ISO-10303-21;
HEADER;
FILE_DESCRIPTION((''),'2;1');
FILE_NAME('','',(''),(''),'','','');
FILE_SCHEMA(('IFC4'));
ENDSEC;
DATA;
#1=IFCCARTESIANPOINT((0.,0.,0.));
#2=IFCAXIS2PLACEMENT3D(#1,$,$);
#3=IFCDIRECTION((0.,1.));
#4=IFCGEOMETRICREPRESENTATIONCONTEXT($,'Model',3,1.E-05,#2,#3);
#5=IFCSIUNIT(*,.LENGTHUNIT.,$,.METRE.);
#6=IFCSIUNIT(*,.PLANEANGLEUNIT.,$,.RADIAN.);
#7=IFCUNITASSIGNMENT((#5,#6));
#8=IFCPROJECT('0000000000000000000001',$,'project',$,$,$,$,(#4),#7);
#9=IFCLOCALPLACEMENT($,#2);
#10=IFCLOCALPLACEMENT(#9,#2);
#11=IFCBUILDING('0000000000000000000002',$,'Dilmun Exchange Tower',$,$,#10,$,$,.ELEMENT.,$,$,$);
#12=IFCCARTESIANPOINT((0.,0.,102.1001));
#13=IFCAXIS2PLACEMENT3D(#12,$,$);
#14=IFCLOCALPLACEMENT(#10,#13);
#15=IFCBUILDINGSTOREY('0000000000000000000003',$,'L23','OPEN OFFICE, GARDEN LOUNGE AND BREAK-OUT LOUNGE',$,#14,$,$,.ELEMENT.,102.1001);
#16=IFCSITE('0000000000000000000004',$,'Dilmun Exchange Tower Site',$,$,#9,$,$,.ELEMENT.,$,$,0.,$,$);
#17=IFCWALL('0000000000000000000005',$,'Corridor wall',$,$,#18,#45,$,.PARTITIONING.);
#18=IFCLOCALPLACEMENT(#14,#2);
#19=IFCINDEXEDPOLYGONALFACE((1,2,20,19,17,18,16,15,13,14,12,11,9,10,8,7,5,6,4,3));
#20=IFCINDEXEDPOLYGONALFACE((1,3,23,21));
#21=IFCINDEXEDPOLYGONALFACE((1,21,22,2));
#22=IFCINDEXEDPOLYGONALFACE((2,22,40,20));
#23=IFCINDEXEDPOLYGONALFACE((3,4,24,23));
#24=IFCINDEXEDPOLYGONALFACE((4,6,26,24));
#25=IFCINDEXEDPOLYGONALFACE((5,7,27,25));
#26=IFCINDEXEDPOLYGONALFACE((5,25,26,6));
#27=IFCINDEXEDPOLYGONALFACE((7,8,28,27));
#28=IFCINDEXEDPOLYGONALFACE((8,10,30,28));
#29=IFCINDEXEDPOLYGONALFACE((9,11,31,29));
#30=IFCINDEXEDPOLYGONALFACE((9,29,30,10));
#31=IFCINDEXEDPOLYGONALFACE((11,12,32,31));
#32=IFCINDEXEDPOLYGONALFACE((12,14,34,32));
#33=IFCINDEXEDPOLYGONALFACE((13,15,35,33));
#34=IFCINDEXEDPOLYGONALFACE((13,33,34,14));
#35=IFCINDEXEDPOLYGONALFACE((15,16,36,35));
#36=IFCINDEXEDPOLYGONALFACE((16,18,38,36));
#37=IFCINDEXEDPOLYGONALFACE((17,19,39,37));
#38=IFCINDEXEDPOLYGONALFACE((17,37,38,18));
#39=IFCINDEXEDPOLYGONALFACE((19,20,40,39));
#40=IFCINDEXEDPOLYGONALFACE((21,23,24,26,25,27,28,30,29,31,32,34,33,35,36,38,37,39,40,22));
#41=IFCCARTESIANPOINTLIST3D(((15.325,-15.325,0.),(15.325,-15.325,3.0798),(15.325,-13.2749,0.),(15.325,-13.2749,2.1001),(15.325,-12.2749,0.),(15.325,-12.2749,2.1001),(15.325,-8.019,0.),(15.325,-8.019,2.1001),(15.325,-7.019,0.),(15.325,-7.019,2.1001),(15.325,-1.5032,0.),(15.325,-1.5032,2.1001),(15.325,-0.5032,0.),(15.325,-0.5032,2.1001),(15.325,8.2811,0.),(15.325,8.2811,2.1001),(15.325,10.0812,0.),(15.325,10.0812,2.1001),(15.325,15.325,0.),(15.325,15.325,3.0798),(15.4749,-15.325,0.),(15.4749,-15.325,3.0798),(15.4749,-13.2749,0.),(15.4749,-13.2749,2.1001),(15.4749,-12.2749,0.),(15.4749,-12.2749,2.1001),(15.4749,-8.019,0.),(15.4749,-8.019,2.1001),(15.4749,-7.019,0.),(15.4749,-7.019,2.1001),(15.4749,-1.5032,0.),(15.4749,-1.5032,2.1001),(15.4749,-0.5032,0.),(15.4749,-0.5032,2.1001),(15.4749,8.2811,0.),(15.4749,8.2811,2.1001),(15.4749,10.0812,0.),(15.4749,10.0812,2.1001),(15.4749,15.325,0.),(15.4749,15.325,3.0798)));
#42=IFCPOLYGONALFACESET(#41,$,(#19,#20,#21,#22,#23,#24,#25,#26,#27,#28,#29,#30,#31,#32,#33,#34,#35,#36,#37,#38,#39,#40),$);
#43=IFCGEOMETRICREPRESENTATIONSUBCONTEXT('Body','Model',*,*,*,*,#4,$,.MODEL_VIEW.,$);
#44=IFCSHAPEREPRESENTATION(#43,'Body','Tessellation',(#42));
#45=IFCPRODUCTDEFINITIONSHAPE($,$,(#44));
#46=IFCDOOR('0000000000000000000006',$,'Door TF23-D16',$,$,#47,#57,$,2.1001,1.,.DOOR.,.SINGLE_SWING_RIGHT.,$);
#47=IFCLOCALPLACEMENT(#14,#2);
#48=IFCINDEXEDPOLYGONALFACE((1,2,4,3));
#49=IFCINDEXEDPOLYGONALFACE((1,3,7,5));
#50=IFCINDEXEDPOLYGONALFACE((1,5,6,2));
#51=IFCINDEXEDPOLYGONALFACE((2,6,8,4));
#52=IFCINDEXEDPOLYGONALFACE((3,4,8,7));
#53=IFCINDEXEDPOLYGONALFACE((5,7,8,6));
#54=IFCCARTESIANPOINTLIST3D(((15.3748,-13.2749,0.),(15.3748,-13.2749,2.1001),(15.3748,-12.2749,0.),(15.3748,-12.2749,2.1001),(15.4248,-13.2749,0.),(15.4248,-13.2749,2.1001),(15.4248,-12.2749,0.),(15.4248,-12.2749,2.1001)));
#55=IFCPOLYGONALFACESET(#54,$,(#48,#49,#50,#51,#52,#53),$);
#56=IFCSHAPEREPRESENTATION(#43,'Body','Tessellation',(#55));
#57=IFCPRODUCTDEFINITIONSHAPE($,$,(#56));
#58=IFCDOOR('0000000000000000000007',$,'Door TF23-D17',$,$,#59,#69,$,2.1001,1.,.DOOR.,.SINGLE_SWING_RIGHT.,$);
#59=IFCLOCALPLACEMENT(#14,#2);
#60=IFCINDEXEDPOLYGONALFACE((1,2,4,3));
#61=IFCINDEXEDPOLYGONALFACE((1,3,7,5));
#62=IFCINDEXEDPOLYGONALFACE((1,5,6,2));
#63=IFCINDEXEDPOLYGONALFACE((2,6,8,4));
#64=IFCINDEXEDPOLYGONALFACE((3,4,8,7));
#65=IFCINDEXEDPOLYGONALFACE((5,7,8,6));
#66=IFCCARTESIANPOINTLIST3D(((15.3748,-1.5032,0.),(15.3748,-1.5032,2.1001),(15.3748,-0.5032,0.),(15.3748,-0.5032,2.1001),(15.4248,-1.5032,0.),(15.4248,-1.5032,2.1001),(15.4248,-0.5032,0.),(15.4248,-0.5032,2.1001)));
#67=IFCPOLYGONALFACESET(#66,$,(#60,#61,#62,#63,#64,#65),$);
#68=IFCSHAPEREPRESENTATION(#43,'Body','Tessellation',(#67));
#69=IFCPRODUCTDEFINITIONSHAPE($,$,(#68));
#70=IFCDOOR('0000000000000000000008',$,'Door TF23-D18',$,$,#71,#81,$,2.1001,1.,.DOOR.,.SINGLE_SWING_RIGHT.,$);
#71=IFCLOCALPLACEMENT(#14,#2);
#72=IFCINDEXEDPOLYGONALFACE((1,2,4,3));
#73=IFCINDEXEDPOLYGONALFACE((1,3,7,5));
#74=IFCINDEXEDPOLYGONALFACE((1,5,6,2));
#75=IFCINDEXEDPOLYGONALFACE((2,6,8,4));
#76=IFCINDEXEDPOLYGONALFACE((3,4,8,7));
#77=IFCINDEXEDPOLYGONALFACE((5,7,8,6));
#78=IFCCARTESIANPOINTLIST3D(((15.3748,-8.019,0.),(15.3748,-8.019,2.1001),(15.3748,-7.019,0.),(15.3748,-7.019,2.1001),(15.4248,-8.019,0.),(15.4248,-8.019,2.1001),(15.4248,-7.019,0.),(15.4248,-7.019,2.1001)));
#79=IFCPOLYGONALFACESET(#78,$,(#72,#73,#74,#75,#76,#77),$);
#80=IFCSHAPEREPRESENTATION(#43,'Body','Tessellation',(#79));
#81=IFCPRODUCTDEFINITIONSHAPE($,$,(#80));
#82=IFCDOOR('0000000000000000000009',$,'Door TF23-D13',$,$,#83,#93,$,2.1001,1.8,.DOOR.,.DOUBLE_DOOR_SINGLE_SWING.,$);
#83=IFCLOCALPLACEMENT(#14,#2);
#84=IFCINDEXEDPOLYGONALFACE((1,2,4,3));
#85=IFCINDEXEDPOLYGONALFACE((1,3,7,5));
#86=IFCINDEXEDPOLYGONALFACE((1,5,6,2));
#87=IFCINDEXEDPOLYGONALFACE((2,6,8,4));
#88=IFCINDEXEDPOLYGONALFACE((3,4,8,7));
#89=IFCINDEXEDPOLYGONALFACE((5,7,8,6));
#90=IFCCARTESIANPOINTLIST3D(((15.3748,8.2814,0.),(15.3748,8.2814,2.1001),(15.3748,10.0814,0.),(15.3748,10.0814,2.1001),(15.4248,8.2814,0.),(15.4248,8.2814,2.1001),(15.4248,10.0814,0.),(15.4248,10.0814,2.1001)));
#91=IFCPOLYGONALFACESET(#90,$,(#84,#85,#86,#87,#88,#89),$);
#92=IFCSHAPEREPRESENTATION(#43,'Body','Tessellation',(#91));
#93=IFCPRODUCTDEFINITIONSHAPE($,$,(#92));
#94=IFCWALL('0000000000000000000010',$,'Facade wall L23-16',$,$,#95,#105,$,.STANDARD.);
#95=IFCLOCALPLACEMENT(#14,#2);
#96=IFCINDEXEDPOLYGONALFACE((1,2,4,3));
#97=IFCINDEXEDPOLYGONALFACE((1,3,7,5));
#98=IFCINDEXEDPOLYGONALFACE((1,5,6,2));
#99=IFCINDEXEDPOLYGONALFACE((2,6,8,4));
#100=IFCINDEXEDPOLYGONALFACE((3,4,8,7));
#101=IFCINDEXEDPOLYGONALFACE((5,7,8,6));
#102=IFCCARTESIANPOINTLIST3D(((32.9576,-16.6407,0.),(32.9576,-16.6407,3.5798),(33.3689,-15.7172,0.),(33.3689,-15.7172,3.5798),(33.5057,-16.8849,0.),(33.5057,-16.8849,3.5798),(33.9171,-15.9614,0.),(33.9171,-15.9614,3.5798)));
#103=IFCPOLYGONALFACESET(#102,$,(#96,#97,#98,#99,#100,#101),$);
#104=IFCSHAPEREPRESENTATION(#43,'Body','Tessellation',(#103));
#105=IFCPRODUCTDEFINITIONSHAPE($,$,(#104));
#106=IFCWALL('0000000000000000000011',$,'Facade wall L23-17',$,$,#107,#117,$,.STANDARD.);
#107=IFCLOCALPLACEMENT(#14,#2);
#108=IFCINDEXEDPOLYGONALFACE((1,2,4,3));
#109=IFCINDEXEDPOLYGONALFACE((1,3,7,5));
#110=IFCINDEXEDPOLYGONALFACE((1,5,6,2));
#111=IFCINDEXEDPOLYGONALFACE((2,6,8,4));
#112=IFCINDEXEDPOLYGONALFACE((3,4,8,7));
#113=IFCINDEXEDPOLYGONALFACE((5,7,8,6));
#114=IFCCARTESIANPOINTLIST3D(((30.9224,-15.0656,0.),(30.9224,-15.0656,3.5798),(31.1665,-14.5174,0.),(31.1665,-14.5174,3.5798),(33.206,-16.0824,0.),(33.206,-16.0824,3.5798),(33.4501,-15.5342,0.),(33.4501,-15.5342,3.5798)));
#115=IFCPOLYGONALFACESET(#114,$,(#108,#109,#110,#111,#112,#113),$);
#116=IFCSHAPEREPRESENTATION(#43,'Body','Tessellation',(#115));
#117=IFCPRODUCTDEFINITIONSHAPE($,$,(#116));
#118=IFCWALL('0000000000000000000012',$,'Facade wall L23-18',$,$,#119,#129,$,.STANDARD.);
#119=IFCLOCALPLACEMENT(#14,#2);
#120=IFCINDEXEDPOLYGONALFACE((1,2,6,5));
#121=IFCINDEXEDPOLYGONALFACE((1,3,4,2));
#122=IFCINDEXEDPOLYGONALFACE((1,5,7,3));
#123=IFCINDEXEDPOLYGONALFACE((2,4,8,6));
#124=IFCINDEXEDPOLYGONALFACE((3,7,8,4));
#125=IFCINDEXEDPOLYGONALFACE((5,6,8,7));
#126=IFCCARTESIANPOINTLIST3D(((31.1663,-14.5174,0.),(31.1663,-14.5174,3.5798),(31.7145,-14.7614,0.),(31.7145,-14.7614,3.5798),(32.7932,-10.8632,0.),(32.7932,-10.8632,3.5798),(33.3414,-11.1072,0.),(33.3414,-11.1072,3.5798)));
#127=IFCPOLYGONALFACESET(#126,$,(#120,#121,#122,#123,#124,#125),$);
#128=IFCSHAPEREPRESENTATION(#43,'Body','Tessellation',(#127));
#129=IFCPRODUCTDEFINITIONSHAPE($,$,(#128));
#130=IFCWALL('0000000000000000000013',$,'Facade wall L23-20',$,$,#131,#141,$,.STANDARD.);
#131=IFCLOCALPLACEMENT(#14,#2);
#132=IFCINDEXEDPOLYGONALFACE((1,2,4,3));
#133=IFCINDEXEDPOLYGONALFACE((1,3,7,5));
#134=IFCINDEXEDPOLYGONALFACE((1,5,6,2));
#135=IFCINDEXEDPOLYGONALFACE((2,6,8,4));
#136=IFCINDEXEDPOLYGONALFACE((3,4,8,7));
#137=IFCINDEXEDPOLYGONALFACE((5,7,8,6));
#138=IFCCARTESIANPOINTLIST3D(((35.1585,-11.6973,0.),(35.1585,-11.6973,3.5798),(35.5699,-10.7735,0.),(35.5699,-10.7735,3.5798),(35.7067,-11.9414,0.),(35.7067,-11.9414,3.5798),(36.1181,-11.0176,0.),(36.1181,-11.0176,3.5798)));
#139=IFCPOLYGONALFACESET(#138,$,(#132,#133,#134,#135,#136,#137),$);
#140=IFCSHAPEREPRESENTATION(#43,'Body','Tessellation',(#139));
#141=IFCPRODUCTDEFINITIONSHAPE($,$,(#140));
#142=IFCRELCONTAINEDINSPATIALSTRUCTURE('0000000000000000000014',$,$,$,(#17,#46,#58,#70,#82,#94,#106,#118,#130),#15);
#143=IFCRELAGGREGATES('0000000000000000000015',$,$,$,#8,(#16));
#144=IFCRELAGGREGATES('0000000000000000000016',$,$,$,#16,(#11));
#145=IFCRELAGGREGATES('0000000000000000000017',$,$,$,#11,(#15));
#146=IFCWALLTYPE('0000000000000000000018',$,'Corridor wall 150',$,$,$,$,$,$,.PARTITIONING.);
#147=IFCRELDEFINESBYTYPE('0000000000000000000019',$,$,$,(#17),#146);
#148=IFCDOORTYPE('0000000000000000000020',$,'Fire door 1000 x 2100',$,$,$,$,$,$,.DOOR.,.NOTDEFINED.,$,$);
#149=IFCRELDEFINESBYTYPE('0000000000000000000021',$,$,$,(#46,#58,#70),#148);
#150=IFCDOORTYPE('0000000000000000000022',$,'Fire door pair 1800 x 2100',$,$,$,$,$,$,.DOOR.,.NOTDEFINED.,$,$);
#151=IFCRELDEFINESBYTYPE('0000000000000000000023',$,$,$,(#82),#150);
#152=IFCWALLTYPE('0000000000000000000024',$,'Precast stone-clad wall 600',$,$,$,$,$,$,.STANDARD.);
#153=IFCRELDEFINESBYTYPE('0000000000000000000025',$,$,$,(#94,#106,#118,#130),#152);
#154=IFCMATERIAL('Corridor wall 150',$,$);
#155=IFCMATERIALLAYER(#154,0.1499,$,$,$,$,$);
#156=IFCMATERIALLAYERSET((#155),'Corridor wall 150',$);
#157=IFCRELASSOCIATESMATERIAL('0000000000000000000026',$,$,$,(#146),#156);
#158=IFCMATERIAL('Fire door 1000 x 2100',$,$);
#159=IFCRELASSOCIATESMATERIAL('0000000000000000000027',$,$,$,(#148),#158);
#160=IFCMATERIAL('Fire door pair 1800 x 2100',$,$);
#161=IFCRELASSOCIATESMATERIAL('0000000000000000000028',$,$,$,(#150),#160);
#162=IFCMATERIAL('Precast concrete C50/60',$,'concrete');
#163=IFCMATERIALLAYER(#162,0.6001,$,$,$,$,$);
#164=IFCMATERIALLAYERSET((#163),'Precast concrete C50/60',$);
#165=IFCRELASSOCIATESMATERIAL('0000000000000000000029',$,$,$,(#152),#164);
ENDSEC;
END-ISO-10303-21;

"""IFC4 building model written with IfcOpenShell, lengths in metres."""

from ifc_helpers import new_model, si_unit, direction, frame, frame_2d, origin, place, context, subcontext, project, spatial, rectangle, extrude, material, layer, layer_set, type_object, element, fill, save


model = new_model("IFC4")

# Units and contexts
model_context = context("Model", 3, precision=1e-05, world=origin(), true_north=direction((0.0, 1.0)))
body_context = subcontext(model_context, "Body", "Model", "MODEL_VIEW")
ifc_project = project(units=[si_unit("LENGTHUNIT", "METRE"), si_unit("PLANEANGLEUNIT", "RADIAN")], contexts=[model_context])

# Site, building, storey
site_placement = place(None, origin())
site = spatial("IfcSite", under=ifc_project, at=site_placement, Name="Dilmun Exchange Tower Site", CompositionType="ELEMENT", RefElevation=0.0)
building_placement = place(site_placement, origin())
building = spatial("IfcBuilding", under=site, at=building_placement, Name="Dilmun Exchange Tower", CompositionType="ELEMENT")
storey_placement = place(building_placement, frame((0.0, 0.0, 102.1001)))
storey = spatial("IfcBuildingStorey", under=building, at=storey_placement, Name="L23", Description="OPEN OFFICE, GARDEN LOUNGE AND BREAK-OUT LOUNGE", CompositionType="ELEMENT", Elevation=102.1001)

# Wall, openings, doors
ifc_material_1 = material(Name="Corridor wall 150")
ifc_layer_1 = layer(ifc_material_1, 0.1499)
ifc_layer_set_1 = layer_set([ifc_layer_1], Name="Corridor wall 150")
wall_type_1 = type_object("IfcWallType", Name="Corridor wall 150", PredefinedType="PARTITIONING", material=ifc_layer_set_1)
wall_1_placement = place(storey_placement, frame((15.3999, -15.325, 0.0), z_axis=(0.0, 0.0, 1.0), x_axis=(0.0, 1.0, 0.0)))
wall_1 = element("IfcWall", 1, at=wall_1_placement, inside=storey, type_object=wall_type_1, Name="Corridor wall", PredefinedType="PARTITIONING", context=body_context, shape_type="SweptSolid", body=[
    extrude(rectangle(XDim=30.6499, YDim=0.1499, at=frame_2d((15.325, 0.0))), origin(), (0.0, 0.0, 1.0), 3.0798),
])
opening_1_placement = place(wall_1_placement, frame((23.6062, 0.0, 0.0)))
opening_1 = element("IfcOpeningElement", 2, at=opening_1_placement, cuts=wall_1, PredefinedType="OPENING", context=body_context, shape_type="SweptSolid", body=[
    extrude(rectangle(XDim=1.8, YDim=2.1001, at=frame_2d((0.8999, 1.05))), frame((0.0, 0.085, 0.0), z_axis=(0.0, -1.0, 0.0), x_axis=(1.0, 0.0, 0.0)), (0.0, 0.0, 1.0), 0.1699),
])
opening_2_placement = place(wall_1_placement, frame((2.05, 0.0, 0.0)))
opening_2 = element("IfcOpeningElement", 3, at=opening_2_placement, cuts=wall_1, PredefinedType="OPENING", context=body_context, shape_type="SweptSolid", body=[
    extrude(rectangle(XDim=1.0, YDim=2.1001, at=frame_2d((0.5, 1.05))), frame((0.0, 0.085, 0.0), z_axis=(0.0, -1.0, 0.0), x_axis=(1.0, 0.0, 0.0)), (0.0, 0.0, 1.0), 0.1699),
])
opening_3_placement = place(wall_1_placement, frame((13.8218, 0.0, 0.0)))
opening_3 = element("IfcOpeningElement", 4, at=opening_3_placement, cuts=wall_1, PredefinedType="OPENING", context=body_context, shape_type="SweptSolid", body=[
    extrude(rectangle(XDim=1.0, YDim=2.1001, at=frame_2d((0.5, 1.05))), frame((0.0, 0.085, 0.0), z_axis=(0.0, -1.0, 0.0), x_axis=(1.0, 0.0, 0.0)), (0.0, 0.0, 1.0), 0.1699),
])
opening_4_placement = place(wall_1_placement, frame((7.3059, 0.0, 0.0)))
opening_4 = element("IfcOpeningElement", 5, at=opening_4_placement, cuts=wall_1, PredefinedType="OPENING", context=body_context, shape_type="SweptSolid", body=[
    extrude(rectangle(XDim=1.0, YDim=2.1001, at=frame_2d((0.5, 1.05))), frame((0.0, 0.085, 0.0), z_axis=(0.0, -1.0, 0.0), x_axis=(1.0, 0.0, 0.0)), (0.0, 0.0, 1.0), 0.1699),
])
ifc_material_2 = material(Name="Fire door 1000 x 2100")
door_type_1 = type_object("IfcDoorType", Name="Fire door 1000 x 2100", OperationType="NOTDEFINED", PredefinedType="DOOR", material=ifc_material_2)
door_1_placement = place(opening_2_placement, frame((1.0, 0.0, 0.0), z_axis=(0.0, 0.0, 1.0), x_axis=(-1.0, 0.0, 0.0)))
door_1 = element("IfcDoor", 6, at=door_1_placement, inside=storey, type_object=door_type_1, Name="Door TF23-D16", OperationType="SINGLE_SWING_RIGHT", OverallHeight=2.1001, OverallWidth=1.0, PredefinedType="DOOR", context=body_context, shape_type="SweptSolid", body=[
    extrude(rectangle(XDim=1.0, YDim=2.1001, at=frame_2d((0.5, 1.05))), frame((0.0, 0.0249, 0.0), z_axis=(0.0, -1.0, 0.0), x_axis=(1.0, 0.0, 0.0)), (0.0, 0.0, 1.0), 0.05),
])
fill(opening_2, door_1)
door_2_placement = place(opening_3_placement, frame((1.0, 0.0, 0.0), z_axis=(0.0, 0.0, 1.0), x_axis=(-1.0, 0.0, 0.0)))
door_2 = element("IfcDoor", 7, at=door_2_placement, inside=storey, type_object=door_type_1, Name="Door TF23-D17", OperationType="SINGLE_SWING_RIGHT", OverallHeight=2.1001, OverallWidth=1.0, PredefinedType="DOOR", context=body_context, shape_type="SweptSolid", body=[
    extrude(rectangle(XDim=1.0, YDim=2.1001, at=frame_2d((0.5, 1.05))), frame((0.0, 0.0249, 0.0), z_axis=(0.0, -1.0, 0.0), x_axis=(1.0, 0.0, 0.0)), (0.0, 0.0, 1.0), 0.05),
])
fill(opening_3, door_2)
door_3_placement = place(opening_4_placement, frame((1.0, 0.0, 0.0), z_axis=(0.0, 0.0, 1.0), x_axis=(-1.0, 0.0, 0.0)))
door_3 = element("IfcDoor", 8, at=door_3_placement, inside=storey, type_object=door_type_1, Name="Door TF23-D18", OperationType="SINGLE_SWING_RIGHT", OverallHeight=2.1001, OverallWidth=1.0, PredefinedType="DOOR", context=body_context, shape_type="SweptSolid", body=[
    extrude(rectangle(XDim=1.0, YDim=2.1001, at=frame_2d((0.5, 1.05))), frame((0.0, 0.0249, 0.0), z_axis=(0.0, -1.0, 0.0), x_axis=(1.0, 0.0, 0.0)), (0.0, 0.0, 1.0), 0.05),
])
fill(opening_4, door_3)
ifc_material_3 = material(Name="Fire door pair 1800 x 2100")
door_type_2 = type_object("IfcDoorType", Name="Fire door pair 1800 x 2100", OperationType="NOTDEFINED", PredefinedType="DOOR", material=ifc_material_3)
door_4_placement = place(opening_1_placement, frame((1.8, 0.0, 0.0), z_axis=(0.0, 0.0, 1.0), x_axis=(-1.0, 0.0, 0.0)))
door_4 = element("IfcDoor", 9, at=door_4_placement, inside=storey, type_object=door_type_2, Name="Door TF23-D13", OperationType="DOUBLE_DOOR_SINGLE_SWING", OverallHeight=2.1001, OverallWidth=1.8, PredefinedType="DOOR", context=body_context, shape_type="SweptSolid", body=[
    extrude(rectangle(XDim=1.8, YDim=2.1001, at=frame_2d((0.8999, 1.05))), frame((0.0, 0.0249, 0.0), z_axis=(0.0, -1.0, 0.0), x_axis=(1.0, 0.0, 0.0)), (0.0, 0.0, 1.0), 0.05),
])
fill(opening_1, door_4)

# Walls
ifc_material_4 = material(Name="Precast concrete C50/60", Category="concrete")
ifc_layer_2 = layer(ifc_material_4, 0.6001)
ifc_layer_set_2 = layer_set([ifc_layer_2], Name="Precast concrete C50/60")
wall_type_2 = type_object("IfcWallType", Name="Precast stone-clad wall 600", PredefinedType="STANDARD", material=ifc_layer_set_2)
wall_2_placement = place(storey_placement, frame((33.2317, -16.7627, 0.0), z_axis=(0.0, 0.0, 1.0), x_axis=(0.406878, 0.913483, 0.0)))
element("IfcWall", 10, at=wall_2_placement, inside=storey, type_object=wall_type_2, Name="Facade wall L23-16", PredefinedType="STANDARD", context=body_context, shape_type="SweptSolid", body=[
    extrude(rectangle(XDim=1.011, YDim=0.6001, at=frame_2d((0.5054, 0.0))), origin(), (0.0, 0.0, 1.0), 3.5798),
])
wall_3_placement = place(storey_placement, frame((33.3281, -15.8083, 0.0), z_axis=(0.0, 0.0, 1.0), x_axis=(-0.913533, 0.406764, 0.0)))
element("IfcWall", 11, at=wall_3_placement, inside=storey, type_object=wall_type_2, Name="Facade wall L23-17", PredefinedType="STANDARD", context=body_context, shape_type="SweptSolid", body=[
    extrude(rectangle(XDim=2.4998, YDim=0.6001, at=frame_2d((1.25, 0.0))), origin(), (0.0, 0.0, 1.0), 3.5798),
])
wall_4_placement = place(storey_placement, frame((31.4404, -14.6394, 0.0), z_axis=(0.0, 0.0, 1.0), x_axis=(0.406727, 0.91355, 0.0)))
element("IfcWall", 12, at=wall_4_placement, inside=storey, type_object=wall_type_2, Name="Facade wall L23-18", PredefinedType="STANDARD", context=body_context, shape_type="SweptSolid", body=[
    extrude(rectangle(XDim=4.0, YDim=0.6001, at=frame_2d((2.0, 0.0))), origin(), (0.0, 0.0, 1.0), 3.5798),
])
wall_5_placement = place(storey_placement, frame((35.4326, -11.8193, 0.0), z_axis=(0.0, 0.0, 1.0), x_axis=(0.406788, 0.913523, 0.0)))
element("IfcWall", 13, at=wall_5_placement, inside=storey, type_object=wall_type_2, Name="Facade wall L23-20", PredefinedType="STANDARD", context=body_context, shape_type="SweptSolid", body=[
    extrude(rectangle(XDim=1.0112, YDim=0.6001, at=frame_2d((0.5056, 0.0))), origin(), (0.0, 0.0, 1.0), 3.5798),
])

save(model, "model.ifc")
